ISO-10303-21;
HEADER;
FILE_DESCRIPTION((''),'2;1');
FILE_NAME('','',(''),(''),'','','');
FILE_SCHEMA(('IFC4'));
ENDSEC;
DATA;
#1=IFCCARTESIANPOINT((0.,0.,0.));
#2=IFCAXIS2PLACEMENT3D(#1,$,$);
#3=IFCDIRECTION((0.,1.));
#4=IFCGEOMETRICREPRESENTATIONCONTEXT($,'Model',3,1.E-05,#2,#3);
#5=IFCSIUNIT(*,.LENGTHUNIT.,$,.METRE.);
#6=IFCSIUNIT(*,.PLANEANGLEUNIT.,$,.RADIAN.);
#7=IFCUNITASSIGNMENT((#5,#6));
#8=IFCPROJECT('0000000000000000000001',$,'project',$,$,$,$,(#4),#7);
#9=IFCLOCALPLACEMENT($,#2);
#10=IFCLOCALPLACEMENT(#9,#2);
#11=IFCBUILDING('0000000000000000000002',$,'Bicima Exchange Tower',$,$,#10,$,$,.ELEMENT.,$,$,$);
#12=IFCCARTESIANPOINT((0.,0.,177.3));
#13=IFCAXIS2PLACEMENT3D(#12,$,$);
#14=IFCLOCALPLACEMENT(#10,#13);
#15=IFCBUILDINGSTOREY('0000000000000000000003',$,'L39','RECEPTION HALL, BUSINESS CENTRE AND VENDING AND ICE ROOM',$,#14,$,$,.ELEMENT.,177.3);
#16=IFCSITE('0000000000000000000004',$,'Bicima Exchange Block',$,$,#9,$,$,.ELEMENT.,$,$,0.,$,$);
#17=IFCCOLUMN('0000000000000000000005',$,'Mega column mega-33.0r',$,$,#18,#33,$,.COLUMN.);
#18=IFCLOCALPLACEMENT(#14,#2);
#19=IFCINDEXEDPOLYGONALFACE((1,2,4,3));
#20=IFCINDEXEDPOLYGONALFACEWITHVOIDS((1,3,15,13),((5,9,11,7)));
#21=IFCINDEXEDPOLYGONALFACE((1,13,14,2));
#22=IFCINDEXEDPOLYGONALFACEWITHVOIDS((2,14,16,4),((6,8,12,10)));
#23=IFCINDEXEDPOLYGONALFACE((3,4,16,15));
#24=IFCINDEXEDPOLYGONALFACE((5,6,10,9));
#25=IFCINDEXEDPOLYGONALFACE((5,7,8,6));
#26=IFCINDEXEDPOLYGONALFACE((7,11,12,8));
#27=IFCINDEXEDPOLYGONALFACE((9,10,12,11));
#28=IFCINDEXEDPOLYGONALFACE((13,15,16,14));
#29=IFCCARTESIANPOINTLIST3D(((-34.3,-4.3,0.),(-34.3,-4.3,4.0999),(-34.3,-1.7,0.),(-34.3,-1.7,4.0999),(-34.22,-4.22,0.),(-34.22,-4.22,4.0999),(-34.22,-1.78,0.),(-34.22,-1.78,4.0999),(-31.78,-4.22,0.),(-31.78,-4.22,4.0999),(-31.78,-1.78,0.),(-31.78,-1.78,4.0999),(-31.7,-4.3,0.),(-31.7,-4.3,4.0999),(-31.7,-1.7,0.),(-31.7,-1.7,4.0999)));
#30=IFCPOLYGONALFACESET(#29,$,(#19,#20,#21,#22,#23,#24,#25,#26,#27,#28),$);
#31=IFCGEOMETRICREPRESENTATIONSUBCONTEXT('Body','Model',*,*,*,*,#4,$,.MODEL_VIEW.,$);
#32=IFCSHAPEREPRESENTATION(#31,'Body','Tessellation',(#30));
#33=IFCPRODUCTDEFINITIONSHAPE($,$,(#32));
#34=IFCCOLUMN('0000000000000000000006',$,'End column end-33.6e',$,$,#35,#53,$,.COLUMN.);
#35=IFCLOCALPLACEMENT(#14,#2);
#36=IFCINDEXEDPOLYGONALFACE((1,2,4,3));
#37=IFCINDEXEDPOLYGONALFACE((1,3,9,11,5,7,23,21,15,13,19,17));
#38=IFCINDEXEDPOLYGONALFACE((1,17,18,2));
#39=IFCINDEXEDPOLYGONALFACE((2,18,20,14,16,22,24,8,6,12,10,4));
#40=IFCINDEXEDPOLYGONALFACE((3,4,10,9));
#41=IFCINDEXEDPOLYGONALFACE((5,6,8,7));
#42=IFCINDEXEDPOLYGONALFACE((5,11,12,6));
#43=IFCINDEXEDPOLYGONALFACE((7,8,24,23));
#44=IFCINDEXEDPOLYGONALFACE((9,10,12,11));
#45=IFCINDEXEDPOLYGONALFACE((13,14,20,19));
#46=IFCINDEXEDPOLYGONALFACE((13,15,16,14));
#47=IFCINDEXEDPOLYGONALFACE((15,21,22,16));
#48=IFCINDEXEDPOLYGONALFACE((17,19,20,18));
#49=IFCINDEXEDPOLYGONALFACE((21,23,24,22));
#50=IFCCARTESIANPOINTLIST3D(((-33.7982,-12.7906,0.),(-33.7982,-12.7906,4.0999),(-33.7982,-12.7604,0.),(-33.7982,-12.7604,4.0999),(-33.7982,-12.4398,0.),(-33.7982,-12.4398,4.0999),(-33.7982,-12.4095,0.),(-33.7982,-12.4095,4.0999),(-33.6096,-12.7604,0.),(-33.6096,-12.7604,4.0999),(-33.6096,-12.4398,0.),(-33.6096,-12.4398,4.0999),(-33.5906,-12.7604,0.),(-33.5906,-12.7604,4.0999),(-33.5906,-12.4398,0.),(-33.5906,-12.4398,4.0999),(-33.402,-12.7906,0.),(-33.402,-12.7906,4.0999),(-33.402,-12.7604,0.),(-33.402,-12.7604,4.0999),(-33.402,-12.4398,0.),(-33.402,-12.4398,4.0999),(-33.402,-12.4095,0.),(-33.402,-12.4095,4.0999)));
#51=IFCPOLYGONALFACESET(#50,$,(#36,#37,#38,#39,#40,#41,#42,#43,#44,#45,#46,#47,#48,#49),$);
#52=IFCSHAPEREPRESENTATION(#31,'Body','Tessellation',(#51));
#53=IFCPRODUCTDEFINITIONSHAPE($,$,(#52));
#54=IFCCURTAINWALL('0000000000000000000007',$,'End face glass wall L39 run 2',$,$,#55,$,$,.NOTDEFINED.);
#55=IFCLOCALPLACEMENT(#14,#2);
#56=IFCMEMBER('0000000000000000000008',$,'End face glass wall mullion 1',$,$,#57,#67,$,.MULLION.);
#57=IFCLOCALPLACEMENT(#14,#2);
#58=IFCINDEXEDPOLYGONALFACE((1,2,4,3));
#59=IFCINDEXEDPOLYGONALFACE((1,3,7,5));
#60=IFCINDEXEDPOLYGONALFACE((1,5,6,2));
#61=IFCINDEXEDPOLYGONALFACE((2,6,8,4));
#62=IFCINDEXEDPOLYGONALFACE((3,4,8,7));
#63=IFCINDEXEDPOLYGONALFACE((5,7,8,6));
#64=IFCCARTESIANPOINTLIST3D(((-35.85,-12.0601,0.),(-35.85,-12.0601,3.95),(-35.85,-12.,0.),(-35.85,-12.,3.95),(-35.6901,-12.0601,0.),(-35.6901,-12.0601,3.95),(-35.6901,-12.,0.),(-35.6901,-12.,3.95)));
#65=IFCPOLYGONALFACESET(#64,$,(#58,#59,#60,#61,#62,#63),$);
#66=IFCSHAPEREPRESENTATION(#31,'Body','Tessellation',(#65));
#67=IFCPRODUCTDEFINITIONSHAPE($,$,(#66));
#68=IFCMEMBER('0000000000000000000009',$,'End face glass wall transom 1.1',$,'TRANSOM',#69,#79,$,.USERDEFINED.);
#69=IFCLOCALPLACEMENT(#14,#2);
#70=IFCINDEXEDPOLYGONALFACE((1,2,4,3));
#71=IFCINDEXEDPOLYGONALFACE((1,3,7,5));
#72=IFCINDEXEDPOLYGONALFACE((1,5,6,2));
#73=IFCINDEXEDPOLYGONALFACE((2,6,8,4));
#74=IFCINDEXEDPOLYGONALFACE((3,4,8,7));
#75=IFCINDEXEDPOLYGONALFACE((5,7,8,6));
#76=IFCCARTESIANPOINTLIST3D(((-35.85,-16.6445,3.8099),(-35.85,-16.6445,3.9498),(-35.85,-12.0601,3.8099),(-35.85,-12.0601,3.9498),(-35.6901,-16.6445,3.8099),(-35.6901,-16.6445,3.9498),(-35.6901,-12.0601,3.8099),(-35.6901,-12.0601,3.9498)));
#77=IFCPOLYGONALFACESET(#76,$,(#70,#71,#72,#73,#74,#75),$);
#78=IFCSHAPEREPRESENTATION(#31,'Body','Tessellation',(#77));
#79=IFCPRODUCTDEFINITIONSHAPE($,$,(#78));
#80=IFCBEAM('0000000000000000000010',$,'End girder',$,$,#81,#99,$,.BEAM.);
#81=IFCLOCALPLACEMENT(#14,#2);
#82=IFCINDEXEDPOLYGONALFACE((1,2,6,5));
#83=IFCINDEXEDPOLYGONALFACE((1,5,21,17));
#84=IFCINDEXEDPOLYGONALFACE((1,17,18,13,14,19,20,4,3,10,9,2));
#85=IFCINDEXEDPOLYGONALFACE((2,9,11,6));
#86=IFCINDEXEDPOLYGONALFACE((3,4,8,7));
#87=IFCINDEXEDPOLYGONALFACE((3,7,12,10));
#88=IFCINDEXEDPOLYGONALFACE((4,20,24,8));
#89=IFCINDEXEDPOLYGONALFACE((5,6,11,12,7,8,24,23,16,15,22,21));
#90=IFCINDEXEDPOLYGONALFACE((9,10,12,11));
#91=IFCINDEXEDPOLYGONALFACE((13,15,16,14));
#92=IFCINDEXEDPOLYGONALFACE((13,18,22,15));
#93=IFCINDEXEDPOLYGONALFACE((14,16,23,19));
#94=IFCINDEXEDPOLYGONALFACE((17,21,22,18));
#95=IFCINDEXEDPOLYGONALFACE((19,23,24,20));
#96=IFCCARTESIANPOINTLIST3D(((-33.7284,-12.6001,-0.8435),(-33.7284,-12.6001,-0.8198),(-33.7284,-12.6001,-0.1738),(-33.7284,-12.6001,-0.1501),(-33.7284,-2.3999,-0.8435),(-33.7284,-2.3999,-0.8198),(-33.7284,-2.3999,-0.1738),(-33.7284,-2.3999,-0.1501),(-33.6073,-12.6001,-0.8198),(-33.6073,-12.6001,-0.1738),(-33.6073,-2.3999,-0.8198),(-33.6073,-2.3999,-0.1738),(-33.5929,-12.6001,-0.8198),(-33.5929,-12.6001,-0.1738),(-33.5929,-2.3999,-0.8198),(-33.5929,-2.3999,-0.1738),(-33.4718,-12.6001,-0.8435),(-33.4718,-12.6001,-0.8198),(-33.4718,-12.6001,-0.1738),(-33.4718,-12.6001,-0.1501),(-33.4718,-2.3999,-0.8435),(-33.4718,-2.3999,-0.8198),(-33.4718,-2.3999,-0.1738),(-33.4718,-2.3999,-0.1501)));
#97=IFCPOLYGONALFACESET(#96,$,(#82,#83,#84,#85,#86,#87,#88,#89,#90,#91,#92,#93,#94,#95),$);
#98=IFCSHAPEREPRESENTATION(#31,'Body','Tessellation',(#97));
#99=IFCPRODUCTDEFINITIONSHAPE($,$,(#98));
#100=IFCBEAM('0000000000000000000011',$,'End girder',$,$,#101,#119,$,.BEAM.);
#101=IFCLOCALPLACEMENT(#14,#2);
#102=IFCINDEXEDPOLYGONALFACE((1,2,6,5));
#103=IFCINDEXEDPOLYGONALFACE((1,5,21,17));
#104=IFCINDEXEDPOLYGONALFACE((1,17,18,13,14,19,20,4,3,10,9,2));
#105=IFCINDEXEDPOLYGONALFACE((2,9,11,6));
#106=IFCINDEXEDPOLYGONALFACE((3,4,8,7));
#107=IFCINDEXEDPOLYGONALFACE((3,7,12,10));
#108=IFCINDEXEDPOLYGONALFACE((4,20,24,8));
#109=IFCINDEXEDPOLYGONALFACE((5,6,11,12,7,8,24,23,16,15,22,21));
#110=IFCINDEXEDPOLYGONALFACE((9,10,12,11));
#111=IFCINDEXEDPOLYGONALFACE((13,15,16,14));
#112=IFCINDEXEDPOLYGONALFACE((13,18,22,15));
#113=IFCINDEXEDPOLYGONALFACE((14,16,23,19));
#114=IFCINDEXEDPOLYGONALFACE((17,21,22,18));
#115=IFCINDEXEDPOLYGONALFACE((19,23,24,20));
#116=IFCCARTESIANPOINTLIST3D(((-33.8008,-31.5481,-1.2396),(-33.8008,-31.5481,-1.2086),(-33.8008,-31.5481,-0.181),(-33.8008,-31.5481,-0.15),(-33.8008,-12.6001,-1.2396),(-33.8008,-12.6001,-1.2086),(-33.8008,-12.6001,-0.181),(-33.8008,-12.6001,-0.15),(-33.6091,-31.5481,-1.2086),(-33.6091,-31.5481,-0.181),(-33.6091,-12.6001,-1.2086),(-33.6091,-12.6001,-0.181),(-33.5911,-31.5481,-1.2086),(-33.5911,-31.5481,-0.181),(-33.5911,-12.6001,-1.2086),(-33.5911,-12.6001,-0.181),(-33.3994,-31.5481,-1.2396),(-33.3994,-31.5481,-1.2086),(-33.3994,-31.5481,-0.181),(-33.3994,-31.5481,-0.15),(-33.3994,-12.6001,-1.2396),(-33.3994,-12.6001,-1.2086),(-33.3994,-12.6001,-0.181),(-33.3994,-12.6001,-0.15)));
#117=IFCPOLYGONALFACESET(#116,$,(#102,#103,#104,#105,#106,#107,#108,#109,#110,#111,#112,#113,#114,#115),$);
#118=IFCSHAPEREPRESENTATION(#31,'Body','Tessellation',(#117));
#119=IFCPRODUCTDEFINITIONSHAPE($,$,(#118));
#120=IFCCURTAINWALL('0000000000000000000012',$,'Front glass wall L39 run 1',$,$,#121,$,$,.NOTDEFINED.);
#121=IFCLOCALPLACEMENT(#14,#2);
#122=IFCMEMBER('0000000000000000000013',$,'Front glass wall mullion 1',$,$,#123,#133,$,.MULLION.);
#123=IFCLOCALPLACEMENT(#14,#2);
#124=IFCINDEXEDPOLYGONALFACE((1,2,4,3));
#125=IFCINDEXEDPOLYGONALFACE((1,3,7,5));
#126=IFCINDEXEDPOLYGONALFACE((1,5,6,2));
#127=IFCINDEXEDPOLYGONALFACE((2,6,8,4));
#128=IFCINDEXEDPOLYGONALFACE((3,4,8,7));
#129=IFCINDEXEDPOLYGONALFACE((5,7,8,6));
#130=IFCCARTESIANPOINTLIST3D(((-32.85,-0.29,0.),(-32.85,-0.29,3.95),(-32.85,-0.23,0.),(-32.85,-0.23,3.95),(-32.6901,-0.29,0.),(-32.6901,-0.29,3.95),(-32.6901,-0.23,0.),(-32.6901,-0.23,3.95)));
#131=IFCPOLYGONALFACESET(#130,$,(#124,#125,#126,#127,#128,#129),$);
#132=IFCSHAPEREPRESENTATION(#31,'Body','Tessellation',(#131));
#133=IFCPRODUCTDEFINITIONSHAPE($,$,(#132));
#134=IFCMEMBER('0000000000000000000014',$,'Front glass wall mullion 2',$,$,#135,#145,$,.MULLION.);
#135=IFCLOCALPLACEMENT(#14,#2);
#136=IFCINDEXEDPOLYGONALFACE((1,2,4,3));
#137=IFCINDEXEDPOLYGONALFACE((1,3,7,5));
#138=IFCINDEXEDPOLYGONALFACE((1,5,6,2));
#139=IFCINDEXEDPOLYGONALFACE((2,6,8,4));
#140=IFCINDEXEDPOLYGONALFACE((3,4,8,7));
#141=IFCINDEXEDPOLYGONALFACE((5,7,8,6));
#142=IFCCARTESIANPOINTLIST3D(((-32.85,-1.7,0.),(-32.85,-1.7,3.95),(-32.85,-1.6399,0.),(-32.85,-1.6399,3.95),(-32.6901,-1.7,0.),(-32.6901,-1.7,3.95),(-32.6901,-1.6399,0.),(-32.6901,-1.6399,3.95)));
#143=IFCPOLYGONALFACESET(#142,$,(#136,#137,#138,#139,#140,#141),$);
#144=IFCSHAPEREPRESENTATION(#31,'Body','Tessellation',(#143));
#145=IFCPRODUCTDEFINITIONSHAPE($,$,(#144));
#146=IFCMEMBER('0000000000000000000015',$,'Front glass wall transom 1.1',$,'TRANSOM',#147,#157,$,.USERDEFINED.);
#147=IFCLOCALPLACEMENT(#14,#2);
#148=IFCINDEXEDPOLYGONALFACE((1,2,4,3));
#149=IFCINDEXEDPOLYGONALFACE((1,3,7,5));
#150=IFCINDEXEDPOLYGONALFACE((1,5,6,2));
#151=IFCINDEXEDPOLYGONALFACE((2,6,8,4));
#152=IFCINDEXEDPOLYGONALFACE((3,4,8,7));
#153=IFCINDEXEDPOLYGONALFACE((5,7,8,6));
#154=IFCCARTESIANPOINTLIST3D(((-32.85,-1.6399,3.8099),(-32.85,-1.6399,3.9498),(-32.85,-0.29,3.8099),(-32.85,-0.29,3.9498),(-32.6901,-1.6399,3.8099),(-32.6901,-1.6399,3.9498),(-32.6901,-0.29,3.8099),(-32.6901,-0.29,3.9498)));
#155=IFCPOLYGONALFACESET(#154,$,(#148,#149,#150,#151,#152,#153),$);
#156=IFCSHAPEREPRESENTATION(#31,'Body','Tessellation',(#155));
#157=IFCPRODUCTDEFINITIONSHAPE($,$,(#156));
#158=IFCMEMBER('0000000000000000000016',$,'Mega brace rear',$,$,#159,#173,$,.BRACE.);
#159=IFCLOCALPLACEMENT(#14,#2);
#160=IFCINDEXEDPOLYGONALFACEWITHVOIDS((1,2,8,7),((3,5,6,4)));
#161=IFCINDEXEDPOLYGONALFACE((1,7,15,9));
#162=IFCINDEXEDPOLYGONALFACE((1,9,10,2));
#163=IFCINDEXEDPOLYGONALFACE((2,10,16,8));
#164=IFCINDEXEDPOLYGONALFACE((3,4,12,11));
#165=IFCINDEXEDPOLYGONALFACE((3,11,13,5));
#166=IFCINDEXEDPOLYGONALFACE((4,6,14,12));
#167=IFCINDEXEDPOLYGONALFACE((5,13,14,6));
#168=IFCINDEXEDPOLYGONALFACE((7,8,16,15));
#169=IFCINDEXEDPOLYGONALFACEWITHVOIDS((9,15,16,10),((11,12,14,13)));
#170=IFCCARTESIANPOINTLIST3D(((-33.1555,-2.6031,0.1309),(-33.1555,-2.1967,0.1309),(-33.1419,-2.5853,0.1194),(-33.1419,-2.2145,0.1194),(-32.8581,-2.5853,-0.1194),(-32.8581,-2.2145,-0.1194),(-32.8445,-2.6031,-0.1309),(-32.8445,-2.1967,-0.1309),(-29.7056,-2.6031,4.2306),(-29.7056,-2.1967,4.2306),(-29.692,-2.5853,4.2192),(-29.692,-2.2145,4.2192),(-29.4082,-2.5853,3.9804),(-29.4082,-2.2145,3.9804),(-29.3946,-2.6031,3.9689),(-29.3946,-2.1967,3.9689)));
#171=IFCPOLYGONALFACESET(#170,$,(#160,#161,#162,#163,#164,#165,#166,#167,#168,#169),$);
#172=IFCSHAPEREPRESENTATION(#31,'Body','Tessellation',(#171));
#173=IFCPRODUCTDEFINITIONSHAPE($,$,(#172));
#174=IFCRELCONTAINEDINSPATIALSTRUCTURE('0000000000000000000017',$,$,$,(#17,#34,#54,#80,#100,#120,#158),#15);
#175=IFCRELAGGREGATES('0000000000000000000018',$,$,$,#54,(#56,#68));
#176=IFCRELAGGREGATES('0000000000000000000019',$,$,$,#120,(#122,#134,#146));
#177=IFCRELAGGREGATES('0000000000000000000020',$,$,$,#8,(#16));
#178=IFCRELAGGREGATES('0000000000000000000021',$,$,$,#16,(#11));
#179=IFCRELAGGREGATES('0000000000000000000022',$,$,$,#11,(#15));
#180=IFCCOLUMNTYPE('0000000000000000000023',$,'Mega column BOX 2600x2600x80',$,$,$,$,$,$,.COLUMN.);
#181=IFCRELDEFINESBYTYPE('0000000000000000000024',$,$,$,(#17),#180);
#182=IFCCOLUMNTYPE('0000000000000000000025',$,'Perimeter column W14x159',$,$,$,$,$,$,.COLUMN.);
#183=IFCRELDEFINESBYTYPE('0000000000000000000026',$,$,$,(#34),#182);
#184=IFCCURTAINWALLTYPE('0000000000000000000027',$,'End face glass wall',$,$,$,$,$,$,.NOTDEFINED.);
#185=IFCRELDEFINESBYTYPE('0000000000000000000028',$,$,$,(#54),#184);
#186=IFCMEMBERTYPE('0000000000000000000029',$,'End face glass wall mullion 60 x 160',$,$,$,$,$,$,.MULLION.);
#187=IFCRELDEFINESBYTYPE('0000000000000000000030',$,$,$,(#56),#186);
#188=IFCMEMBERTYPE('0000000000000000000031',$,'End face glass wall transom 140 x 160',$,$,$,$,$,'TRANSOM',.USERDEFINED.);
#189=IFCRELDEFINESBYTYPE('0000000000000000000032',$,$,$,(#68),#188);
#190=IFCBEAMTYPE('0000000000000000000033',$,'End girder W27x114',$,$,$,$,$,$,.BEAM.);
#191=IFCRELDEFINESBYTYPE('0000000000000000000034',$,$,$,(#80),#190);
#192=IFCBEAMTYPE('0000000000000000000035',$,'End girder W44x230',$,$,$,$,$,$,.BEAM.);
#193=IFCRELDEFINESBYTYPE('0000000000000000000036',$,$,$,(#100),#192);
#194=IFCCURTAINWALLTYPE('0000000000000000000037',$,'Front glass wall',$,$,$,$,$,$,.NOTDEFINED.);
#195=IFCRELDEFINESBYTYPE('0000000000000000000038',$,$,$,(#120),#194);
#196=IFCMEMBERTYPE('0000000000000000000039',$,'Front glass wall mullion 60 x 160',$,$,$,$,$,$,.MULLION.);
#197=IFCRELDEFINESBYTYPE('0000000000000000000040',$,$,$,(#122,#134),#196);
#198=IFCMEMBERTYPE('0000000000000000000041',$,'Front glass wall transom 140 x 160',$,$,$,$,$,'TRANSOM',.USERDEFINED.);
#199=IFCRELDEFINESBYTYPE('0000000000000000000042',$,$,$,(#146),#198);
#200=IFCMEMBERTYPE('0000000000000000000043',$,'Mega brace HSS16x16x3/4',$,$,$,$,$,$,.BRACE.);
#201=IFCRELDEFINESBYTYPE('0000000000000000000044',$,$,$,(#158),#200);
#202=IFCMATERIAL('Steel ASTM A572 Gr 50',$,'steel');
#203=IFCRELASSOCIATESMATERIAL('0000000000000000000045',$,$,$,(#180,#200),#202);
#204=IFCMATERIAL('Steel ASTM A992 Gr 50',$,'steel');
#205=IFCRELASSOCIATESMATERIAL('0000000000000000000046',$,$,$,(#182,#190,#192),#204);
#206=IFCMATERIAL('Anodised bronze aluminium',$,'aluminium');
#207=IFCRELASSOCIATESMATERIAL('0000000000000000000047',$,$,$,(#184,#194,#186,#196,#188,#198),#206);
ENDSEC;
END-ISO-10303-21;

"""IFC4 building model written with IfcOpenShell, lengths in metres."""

from ifc_helpers import new_model, si_unit, direction, frame, origin, origin_2d, place, context, subcontext, project, spatial, rectangle, hollow_rectangle, i_section, extrude, material, material_profile, profile_set, type_object, element, aggregate, save


model = new_model("IFC4")

# Units and contexts
model_context = context("Model", 3, precision=1e-05, world=origin(), true_north=direction((0.0, 1.0)))
body_context = subcontext(model_context, "Body", "Model", "MODEL_VIEW")
ifc_project = project(units=[si_unit("LENGTHUNIT", "METRE"), si_unit("PLANEANGLEUNIT", "RADIAN")], contexts=[model_context])

# Site, building, storey
site_placement = place(None, origin())
site = spatial("IfcSite", under=ifc_project, at=site_placement, Name="Bicima Exchange Block", CompositionType="ELEMENT", RefElevation=0.0)
building_placement = place(site_placement, origin())
building = spatial("IfcBuilding", under=site, at=building_placement, Name="Bicima Exchange Tower", CompositionType="ELEMENT")
storey_placement = place(building_placement, frame((0.0, 0.0, 177.3)))
storey = spatial("IfcBuildingStorey", under=building, at=storey_placement, Name="L39", Description="RECEPTION HALL, BUSINESS CENTRE AND VENDING AND ICE ROOM", CompositionType="ELEMENT", Elevation=177.3)

# Columns
ifc_material_1 = material(Name="Steel ASTM A572 Gr 50", Category="steel")
ifc_material_profile_1 = material_profile(ifc_material_1, hollow_rectangle(XDim=2.6001, YDim=2.6001, WallThickness=0.0801, at=origin_2d()))
ifc_profile_set_1 = profile_set([ifc_material_profile_1], Name="Steel ASTM A572 Gr 50")
column_type_1 = type_object("IfcColumnType", Name="Mega column BOX 2600x2600x80", PredefinedType="COLUMN", material=ifc_profile_set_1)
column_1_placement = place(storey_placement, frame((-33.0, -3.0, 0.0), z_axis=(0.0, 0.0, 1.0), x_axis=(1.0, 0.0, 0.0)))
element("IfcColumn", 1, at=column_1_placement, inside=storey, type_object=column_type_1, Name="Mega column mega-33.0r", PredefinedType="COLUMN", context=body_context, shape_type="SweptSolid", body=[
    extrude(hollow_rectangle(XDim=2.6001, YDim=2.6001, WallThickness=0.0801, at=origin_2d()), origin(), (0.0, 0.0, 1.0), 4.0999),
])
ifc_material_2 = material(Name="Steel ASTM A992 Gr 50", Category="steel")
ifc_material_profile_2 = material_profile(ifc_material_2, i_section(OverallWidth=0.3962, OverallDepth=0.3811, WebThickness=0.019, FlangeThickness=0.0303, at=origin_2d()))
ifc_profile_set_2 = profile_set([ifc_material_profile_2], Name="Steel ASTM A992 Gr 50")
column_type_2 = type_object("IfcColumnType", Name="Perimeter column W14x159", PredefinedType="COLUMN", material=ifc_profile_set_2)
column_2_placement = place(storey_placement, frame((-33.6001, -12.6001, 0.0), z_axis=(0.0, 0.0, 1.0), x_axis=(1.0, 0.0, 0.0)))
element("IfcColumn", 2, at=column_2_placement, inside=storey, type_object=column_type_2, Name="End column end-33.6e", PredefinedType="COLUMN", context=body_context, shape_type="SweptSolid", body=[
    extrude(i_section(OverallWidth=0.3962, OverallDepth=0.3811, WebThickness=0.019, FlangeThickness=0.0303, at=origin_2d()), origin(), (0.0, 0.0, 1.0), 4.0999),
])

# Curtain wall, members
ifc_material_3 = material(Name="Anodised bronze aluminium", Category="aluminium")
curtain_wall_type_1 = type_object("IfcCurtainWallType", Name="End face glass wall", PredefinedType="NOTDEFINED", material=ifc_material_3)
curtain_wall_1_placement = place(storey_placement, origin())
curtain_wall_1 = element("IfcCurtainWall", 3, at=curtain_wall_1_placement, inside=storey, type_object=curtain_wall_type_1, Name="End face glass wall L39 run 2", PredefinedType="NOTDEFINED")
ifc_material_profile_3 = material_profile(ifc_material_3, rectangle(XDim=0.1599, YDim=0.0601, at=origin_2d()))
ifc_profile_set_3 = profile_set([ifc_material_profile_3], Name="Anodised bronze aluminium")
member_type_1 = type_object("IfcMemberType", Name="End face glass wall mullion 60 x 160", PredefinedType="MULLION", material=ifc_profile_set_3)
member_1_placement = place(storey_placement, frame((-35.77, -12.03, 0.0), z_axis=(0.0, 0.0, 1.0), x_axis=(1.0, 0.0, 0.0)))
member_1 = element("IfcMember", 4, at=member_1_placement, type_object=member_type_1, Name="End face glass wall mullion 1", PredefinedType="MULLION", context=body_context, shape_type="SweptSolid", body=[
    extrude(rectangle(XDim=0.1599, YDim=0.0601, at=origin_2d()), origin(), (0.0, 0.0, 1.0), 3.95),
])
ifc_material_profile_4 = material_profile(ifc_material_3, rectangle(XDim=0.1599, YDim=0.1399, at=origin_2d()))
ifc_profile_set_4 = profile_set([ifc_material_profile_4], Name="Anodised bronze aluminium")
member_type_2 = type_object("IfcMemberType", Name="End face glass wall transom 140 x 160", ElementType="TRANSOM", PredefinedType="USERDEFINED", material=ifc_profile_set_4)
member_2_placement = place(storey_placement, frame((-35.77, -12.0601, 3.8799), z_axis=(0.0, -1.0, 0.0), x_axis=(1.0, 0.0, 0.0)))
member_2 = element("IfcMember", 5, at=member_2_placement, type_object=member_type_2, Name="End face glass wall transom 1.1", ObjectType="TRANSOM", PredefinedType="USERDEFINED", context=body_context, shape_type="SweptSolid", body=[
    extrude(rectangle(XDim=0.1599, YDim=0.1399, at=origin_2d()), origin(), (0.0, 0.0, 1.0), 4.5845),
])
aggregate(curtain_wall_1, [member_1, member_2])

# Beams
ifc_material_profile_5 = material_profile(ifc_material_2, i_section(OverallWidth=0.2566, OverallDepth=0.6934, WebThickness=0.0144, FlangeThickness=0.0237, at=origin_2d()))
ifc_profile_set_5 = profile_set([ifc_material_profile_5], Name="Steel ASTM A992 Gr 50")
beam_type_1 = type_object("IfcBeamType", Name="End girder W27x114", PredefinedType="BEAM", material=ifc_profile_set_5)
beam_1_placement = place(storey_placement, frame((-33.6001, -2.3999, -0.4968), z_axis=(0.0, -1.0, 0.0), x_axis=(1.0, 0.0, 0.0)))
element("IfcBeam", 6, at=beam_1_placement, inside=storey, type_object=beam_type_1, Name="End girder", PredefinedType="BEAM", context=body_context, shape_type="SweptSolid", body=[
    extrude(i_section(OverallWidth=0.2566, OverallDepth=0.6934, WebThickness=0.0144, FlangeThickness=0.0237, at=origin_2d()), origin(), (0.0, 0.0, 1.0), 10.2002),
])
ifc_material_profile_6 = material_profile(ifc_material_2, i_section(OverallWidth=0.4014, OverallDepth=1.0896, WebThickness=0.0181, FlangeThickness=0.031, at=origin_2d()))
ifc_profile_set_6 = profile_set([ifc_material_profile_6], Name="Steel ASTM A992 Gr 50")
beam_type_2 = type_object("IfcBeamType", Name="End girder W44x230", PredefinedType="BEAM", material=ifc_profile_set_6)
beam_2_placement = place(storey_placement, frame((-33.6001, -12.6001, -0.6948), z_axis=(0.0, -1.0, 0.0), x_axis=(1.0, 0.0, 0.0)))
element("IfcBeam", 7, at=beam_2_placement, inside=storey, type_object=beam_type_2, Name="End girder", PredefinedType="BEAM", context=body_context, shape_type="SweptSolid", body=[
    extrude(i_section(OverallWidth=0.4014, OverallDepth=1.0896, WebThickness=0.0181, FlangeThickness=0.031, at=origin_2d()), origin(), (0.0, 0.0, 1.0), 18.948),
])

# Curtain wall, members
curtain_wall_type_2 = type_object("IfcCurtainWallType", Name="Front glass wall", PredefinedType="NOTDEFINED", material=ifc_material_3)
curtain_wall_2_placement = place(storey_placement, origin())
curtain_wall_2 = element("IfcCurtainWall", 8, at=curtain_wall_2_placement, inside=storey, type_object=curtain_wall_type_2, Name="Front glass wall L39 run 1", PredefinedType="NOTDEFINED")
member_type_3 = type_object("IfcMemberType", Name="Front glass wall mullion 60 x 160", PredefinedType="MULLION", material=ifc_profile_set_3)
member_3_placement = place(storey_placement, frame((-32.77, -0.26, 0.0), z_axis=(0.0, 0.0, 1.0), x_axis=(1.0, 0.0, 0.0)))
member_3 = element("IfcMember", 9, at=member_3_placement, type_object=member_type_3, Name="Front glass wall mullion 1", PredefinedType="MULLION", context=body_context, shape_type="SweptSolid", body=[
    extrude(rectangle(XDim=0.1599, YDim=0.0601, at=origin_2d()), origin(), (0.0, 0.0, 1.0), 3.95),
])
member_4_placement = place(storey_placement, frame((-32.77, -1.6699, 0.0), z_axis=(0.0, 0.0, 1.0), x_axis=(1.0, 0.0, 0.0)))
member_4 = element("IfcMember", 10, at=member_4_placement, type_object=member_type_3, Name="Front glass wall mullion 2", PredefinedType="MULLION", context=body_context, shape_type="SweptSolid", body=[
    extrude(rectangle(XDim=0.1599, YDim=0.0601, at=origin_2d()), origin(), (0.0, 0.0, 1.0), 3.95),
])
member_type_4 = type_object("IfcMemberType", Name="Front glass wall transom 140 x 160", ElementType="TRANSOM", PredefinedType="USERDEFINED", material=ifc_profile_set_4)
member_5_placement = place(storey_placement, frame((-32.77, -0.29, 3.8799), z_axis=(0.0, -1.0, 0.0), x_axis=(1.0, 0.0, 0.0)))
member_5 = element("IfcMember", 11, at=member_5_placement, type_object=member_type_4, Name="Front glass wall transom 1.1", ObjectType="TRANSOM", PredefinedType="USERDEFINED", context=body_context, shape_type="SweptSolid", body=[
    extrude(rectangle(XDim=0.1599, YDim=0.1399, at=origin_2d()), origin(), (0.0, 0.0, 1.0), 1.3499),
])

# Member
ifc_material_profile_7 = material_profile(ifc_material_1, hollow_rectangle(XDim=0.4065, YDim=0.4065, WallThickness=0.0178, at=origin_2d()))
ifc_profile_set_7 = profile_set([ifc_material_profile_7], Name="Steel ASTM A572 Gr 50")
member_type_5 = type_object("IfcMemberType", Name="Mega brace HSS16x16x3/4", PredefinedType="BRACE", material=ifc_profile_set_7)
member_6_placement = place(storey_placement, frame((-33.0, -2.3999, 0.0), z_axis=(0.643856, 0.0, 0.765146), x_axis=(0.0, 1.0, 0.0)))
element("IfcMember", 12, at=member_6_placement, inside=storey, type_object=member_type_5, Name="Mega brace rear", PredefinedType="BRACE", context=body_context, shape_type="SweptSolid", body=[
    extrude(hollow_rectangle(XDim=0.4065, YDim=0.4065, WallThickness=0.0178, at=origin_2d()), origin(), (0.0, 0.0, 1.0), 5.3582),
])

aggregate(curtain_wall_2, [member_3, member_4, member_5])

save(model, "model.ifc")
